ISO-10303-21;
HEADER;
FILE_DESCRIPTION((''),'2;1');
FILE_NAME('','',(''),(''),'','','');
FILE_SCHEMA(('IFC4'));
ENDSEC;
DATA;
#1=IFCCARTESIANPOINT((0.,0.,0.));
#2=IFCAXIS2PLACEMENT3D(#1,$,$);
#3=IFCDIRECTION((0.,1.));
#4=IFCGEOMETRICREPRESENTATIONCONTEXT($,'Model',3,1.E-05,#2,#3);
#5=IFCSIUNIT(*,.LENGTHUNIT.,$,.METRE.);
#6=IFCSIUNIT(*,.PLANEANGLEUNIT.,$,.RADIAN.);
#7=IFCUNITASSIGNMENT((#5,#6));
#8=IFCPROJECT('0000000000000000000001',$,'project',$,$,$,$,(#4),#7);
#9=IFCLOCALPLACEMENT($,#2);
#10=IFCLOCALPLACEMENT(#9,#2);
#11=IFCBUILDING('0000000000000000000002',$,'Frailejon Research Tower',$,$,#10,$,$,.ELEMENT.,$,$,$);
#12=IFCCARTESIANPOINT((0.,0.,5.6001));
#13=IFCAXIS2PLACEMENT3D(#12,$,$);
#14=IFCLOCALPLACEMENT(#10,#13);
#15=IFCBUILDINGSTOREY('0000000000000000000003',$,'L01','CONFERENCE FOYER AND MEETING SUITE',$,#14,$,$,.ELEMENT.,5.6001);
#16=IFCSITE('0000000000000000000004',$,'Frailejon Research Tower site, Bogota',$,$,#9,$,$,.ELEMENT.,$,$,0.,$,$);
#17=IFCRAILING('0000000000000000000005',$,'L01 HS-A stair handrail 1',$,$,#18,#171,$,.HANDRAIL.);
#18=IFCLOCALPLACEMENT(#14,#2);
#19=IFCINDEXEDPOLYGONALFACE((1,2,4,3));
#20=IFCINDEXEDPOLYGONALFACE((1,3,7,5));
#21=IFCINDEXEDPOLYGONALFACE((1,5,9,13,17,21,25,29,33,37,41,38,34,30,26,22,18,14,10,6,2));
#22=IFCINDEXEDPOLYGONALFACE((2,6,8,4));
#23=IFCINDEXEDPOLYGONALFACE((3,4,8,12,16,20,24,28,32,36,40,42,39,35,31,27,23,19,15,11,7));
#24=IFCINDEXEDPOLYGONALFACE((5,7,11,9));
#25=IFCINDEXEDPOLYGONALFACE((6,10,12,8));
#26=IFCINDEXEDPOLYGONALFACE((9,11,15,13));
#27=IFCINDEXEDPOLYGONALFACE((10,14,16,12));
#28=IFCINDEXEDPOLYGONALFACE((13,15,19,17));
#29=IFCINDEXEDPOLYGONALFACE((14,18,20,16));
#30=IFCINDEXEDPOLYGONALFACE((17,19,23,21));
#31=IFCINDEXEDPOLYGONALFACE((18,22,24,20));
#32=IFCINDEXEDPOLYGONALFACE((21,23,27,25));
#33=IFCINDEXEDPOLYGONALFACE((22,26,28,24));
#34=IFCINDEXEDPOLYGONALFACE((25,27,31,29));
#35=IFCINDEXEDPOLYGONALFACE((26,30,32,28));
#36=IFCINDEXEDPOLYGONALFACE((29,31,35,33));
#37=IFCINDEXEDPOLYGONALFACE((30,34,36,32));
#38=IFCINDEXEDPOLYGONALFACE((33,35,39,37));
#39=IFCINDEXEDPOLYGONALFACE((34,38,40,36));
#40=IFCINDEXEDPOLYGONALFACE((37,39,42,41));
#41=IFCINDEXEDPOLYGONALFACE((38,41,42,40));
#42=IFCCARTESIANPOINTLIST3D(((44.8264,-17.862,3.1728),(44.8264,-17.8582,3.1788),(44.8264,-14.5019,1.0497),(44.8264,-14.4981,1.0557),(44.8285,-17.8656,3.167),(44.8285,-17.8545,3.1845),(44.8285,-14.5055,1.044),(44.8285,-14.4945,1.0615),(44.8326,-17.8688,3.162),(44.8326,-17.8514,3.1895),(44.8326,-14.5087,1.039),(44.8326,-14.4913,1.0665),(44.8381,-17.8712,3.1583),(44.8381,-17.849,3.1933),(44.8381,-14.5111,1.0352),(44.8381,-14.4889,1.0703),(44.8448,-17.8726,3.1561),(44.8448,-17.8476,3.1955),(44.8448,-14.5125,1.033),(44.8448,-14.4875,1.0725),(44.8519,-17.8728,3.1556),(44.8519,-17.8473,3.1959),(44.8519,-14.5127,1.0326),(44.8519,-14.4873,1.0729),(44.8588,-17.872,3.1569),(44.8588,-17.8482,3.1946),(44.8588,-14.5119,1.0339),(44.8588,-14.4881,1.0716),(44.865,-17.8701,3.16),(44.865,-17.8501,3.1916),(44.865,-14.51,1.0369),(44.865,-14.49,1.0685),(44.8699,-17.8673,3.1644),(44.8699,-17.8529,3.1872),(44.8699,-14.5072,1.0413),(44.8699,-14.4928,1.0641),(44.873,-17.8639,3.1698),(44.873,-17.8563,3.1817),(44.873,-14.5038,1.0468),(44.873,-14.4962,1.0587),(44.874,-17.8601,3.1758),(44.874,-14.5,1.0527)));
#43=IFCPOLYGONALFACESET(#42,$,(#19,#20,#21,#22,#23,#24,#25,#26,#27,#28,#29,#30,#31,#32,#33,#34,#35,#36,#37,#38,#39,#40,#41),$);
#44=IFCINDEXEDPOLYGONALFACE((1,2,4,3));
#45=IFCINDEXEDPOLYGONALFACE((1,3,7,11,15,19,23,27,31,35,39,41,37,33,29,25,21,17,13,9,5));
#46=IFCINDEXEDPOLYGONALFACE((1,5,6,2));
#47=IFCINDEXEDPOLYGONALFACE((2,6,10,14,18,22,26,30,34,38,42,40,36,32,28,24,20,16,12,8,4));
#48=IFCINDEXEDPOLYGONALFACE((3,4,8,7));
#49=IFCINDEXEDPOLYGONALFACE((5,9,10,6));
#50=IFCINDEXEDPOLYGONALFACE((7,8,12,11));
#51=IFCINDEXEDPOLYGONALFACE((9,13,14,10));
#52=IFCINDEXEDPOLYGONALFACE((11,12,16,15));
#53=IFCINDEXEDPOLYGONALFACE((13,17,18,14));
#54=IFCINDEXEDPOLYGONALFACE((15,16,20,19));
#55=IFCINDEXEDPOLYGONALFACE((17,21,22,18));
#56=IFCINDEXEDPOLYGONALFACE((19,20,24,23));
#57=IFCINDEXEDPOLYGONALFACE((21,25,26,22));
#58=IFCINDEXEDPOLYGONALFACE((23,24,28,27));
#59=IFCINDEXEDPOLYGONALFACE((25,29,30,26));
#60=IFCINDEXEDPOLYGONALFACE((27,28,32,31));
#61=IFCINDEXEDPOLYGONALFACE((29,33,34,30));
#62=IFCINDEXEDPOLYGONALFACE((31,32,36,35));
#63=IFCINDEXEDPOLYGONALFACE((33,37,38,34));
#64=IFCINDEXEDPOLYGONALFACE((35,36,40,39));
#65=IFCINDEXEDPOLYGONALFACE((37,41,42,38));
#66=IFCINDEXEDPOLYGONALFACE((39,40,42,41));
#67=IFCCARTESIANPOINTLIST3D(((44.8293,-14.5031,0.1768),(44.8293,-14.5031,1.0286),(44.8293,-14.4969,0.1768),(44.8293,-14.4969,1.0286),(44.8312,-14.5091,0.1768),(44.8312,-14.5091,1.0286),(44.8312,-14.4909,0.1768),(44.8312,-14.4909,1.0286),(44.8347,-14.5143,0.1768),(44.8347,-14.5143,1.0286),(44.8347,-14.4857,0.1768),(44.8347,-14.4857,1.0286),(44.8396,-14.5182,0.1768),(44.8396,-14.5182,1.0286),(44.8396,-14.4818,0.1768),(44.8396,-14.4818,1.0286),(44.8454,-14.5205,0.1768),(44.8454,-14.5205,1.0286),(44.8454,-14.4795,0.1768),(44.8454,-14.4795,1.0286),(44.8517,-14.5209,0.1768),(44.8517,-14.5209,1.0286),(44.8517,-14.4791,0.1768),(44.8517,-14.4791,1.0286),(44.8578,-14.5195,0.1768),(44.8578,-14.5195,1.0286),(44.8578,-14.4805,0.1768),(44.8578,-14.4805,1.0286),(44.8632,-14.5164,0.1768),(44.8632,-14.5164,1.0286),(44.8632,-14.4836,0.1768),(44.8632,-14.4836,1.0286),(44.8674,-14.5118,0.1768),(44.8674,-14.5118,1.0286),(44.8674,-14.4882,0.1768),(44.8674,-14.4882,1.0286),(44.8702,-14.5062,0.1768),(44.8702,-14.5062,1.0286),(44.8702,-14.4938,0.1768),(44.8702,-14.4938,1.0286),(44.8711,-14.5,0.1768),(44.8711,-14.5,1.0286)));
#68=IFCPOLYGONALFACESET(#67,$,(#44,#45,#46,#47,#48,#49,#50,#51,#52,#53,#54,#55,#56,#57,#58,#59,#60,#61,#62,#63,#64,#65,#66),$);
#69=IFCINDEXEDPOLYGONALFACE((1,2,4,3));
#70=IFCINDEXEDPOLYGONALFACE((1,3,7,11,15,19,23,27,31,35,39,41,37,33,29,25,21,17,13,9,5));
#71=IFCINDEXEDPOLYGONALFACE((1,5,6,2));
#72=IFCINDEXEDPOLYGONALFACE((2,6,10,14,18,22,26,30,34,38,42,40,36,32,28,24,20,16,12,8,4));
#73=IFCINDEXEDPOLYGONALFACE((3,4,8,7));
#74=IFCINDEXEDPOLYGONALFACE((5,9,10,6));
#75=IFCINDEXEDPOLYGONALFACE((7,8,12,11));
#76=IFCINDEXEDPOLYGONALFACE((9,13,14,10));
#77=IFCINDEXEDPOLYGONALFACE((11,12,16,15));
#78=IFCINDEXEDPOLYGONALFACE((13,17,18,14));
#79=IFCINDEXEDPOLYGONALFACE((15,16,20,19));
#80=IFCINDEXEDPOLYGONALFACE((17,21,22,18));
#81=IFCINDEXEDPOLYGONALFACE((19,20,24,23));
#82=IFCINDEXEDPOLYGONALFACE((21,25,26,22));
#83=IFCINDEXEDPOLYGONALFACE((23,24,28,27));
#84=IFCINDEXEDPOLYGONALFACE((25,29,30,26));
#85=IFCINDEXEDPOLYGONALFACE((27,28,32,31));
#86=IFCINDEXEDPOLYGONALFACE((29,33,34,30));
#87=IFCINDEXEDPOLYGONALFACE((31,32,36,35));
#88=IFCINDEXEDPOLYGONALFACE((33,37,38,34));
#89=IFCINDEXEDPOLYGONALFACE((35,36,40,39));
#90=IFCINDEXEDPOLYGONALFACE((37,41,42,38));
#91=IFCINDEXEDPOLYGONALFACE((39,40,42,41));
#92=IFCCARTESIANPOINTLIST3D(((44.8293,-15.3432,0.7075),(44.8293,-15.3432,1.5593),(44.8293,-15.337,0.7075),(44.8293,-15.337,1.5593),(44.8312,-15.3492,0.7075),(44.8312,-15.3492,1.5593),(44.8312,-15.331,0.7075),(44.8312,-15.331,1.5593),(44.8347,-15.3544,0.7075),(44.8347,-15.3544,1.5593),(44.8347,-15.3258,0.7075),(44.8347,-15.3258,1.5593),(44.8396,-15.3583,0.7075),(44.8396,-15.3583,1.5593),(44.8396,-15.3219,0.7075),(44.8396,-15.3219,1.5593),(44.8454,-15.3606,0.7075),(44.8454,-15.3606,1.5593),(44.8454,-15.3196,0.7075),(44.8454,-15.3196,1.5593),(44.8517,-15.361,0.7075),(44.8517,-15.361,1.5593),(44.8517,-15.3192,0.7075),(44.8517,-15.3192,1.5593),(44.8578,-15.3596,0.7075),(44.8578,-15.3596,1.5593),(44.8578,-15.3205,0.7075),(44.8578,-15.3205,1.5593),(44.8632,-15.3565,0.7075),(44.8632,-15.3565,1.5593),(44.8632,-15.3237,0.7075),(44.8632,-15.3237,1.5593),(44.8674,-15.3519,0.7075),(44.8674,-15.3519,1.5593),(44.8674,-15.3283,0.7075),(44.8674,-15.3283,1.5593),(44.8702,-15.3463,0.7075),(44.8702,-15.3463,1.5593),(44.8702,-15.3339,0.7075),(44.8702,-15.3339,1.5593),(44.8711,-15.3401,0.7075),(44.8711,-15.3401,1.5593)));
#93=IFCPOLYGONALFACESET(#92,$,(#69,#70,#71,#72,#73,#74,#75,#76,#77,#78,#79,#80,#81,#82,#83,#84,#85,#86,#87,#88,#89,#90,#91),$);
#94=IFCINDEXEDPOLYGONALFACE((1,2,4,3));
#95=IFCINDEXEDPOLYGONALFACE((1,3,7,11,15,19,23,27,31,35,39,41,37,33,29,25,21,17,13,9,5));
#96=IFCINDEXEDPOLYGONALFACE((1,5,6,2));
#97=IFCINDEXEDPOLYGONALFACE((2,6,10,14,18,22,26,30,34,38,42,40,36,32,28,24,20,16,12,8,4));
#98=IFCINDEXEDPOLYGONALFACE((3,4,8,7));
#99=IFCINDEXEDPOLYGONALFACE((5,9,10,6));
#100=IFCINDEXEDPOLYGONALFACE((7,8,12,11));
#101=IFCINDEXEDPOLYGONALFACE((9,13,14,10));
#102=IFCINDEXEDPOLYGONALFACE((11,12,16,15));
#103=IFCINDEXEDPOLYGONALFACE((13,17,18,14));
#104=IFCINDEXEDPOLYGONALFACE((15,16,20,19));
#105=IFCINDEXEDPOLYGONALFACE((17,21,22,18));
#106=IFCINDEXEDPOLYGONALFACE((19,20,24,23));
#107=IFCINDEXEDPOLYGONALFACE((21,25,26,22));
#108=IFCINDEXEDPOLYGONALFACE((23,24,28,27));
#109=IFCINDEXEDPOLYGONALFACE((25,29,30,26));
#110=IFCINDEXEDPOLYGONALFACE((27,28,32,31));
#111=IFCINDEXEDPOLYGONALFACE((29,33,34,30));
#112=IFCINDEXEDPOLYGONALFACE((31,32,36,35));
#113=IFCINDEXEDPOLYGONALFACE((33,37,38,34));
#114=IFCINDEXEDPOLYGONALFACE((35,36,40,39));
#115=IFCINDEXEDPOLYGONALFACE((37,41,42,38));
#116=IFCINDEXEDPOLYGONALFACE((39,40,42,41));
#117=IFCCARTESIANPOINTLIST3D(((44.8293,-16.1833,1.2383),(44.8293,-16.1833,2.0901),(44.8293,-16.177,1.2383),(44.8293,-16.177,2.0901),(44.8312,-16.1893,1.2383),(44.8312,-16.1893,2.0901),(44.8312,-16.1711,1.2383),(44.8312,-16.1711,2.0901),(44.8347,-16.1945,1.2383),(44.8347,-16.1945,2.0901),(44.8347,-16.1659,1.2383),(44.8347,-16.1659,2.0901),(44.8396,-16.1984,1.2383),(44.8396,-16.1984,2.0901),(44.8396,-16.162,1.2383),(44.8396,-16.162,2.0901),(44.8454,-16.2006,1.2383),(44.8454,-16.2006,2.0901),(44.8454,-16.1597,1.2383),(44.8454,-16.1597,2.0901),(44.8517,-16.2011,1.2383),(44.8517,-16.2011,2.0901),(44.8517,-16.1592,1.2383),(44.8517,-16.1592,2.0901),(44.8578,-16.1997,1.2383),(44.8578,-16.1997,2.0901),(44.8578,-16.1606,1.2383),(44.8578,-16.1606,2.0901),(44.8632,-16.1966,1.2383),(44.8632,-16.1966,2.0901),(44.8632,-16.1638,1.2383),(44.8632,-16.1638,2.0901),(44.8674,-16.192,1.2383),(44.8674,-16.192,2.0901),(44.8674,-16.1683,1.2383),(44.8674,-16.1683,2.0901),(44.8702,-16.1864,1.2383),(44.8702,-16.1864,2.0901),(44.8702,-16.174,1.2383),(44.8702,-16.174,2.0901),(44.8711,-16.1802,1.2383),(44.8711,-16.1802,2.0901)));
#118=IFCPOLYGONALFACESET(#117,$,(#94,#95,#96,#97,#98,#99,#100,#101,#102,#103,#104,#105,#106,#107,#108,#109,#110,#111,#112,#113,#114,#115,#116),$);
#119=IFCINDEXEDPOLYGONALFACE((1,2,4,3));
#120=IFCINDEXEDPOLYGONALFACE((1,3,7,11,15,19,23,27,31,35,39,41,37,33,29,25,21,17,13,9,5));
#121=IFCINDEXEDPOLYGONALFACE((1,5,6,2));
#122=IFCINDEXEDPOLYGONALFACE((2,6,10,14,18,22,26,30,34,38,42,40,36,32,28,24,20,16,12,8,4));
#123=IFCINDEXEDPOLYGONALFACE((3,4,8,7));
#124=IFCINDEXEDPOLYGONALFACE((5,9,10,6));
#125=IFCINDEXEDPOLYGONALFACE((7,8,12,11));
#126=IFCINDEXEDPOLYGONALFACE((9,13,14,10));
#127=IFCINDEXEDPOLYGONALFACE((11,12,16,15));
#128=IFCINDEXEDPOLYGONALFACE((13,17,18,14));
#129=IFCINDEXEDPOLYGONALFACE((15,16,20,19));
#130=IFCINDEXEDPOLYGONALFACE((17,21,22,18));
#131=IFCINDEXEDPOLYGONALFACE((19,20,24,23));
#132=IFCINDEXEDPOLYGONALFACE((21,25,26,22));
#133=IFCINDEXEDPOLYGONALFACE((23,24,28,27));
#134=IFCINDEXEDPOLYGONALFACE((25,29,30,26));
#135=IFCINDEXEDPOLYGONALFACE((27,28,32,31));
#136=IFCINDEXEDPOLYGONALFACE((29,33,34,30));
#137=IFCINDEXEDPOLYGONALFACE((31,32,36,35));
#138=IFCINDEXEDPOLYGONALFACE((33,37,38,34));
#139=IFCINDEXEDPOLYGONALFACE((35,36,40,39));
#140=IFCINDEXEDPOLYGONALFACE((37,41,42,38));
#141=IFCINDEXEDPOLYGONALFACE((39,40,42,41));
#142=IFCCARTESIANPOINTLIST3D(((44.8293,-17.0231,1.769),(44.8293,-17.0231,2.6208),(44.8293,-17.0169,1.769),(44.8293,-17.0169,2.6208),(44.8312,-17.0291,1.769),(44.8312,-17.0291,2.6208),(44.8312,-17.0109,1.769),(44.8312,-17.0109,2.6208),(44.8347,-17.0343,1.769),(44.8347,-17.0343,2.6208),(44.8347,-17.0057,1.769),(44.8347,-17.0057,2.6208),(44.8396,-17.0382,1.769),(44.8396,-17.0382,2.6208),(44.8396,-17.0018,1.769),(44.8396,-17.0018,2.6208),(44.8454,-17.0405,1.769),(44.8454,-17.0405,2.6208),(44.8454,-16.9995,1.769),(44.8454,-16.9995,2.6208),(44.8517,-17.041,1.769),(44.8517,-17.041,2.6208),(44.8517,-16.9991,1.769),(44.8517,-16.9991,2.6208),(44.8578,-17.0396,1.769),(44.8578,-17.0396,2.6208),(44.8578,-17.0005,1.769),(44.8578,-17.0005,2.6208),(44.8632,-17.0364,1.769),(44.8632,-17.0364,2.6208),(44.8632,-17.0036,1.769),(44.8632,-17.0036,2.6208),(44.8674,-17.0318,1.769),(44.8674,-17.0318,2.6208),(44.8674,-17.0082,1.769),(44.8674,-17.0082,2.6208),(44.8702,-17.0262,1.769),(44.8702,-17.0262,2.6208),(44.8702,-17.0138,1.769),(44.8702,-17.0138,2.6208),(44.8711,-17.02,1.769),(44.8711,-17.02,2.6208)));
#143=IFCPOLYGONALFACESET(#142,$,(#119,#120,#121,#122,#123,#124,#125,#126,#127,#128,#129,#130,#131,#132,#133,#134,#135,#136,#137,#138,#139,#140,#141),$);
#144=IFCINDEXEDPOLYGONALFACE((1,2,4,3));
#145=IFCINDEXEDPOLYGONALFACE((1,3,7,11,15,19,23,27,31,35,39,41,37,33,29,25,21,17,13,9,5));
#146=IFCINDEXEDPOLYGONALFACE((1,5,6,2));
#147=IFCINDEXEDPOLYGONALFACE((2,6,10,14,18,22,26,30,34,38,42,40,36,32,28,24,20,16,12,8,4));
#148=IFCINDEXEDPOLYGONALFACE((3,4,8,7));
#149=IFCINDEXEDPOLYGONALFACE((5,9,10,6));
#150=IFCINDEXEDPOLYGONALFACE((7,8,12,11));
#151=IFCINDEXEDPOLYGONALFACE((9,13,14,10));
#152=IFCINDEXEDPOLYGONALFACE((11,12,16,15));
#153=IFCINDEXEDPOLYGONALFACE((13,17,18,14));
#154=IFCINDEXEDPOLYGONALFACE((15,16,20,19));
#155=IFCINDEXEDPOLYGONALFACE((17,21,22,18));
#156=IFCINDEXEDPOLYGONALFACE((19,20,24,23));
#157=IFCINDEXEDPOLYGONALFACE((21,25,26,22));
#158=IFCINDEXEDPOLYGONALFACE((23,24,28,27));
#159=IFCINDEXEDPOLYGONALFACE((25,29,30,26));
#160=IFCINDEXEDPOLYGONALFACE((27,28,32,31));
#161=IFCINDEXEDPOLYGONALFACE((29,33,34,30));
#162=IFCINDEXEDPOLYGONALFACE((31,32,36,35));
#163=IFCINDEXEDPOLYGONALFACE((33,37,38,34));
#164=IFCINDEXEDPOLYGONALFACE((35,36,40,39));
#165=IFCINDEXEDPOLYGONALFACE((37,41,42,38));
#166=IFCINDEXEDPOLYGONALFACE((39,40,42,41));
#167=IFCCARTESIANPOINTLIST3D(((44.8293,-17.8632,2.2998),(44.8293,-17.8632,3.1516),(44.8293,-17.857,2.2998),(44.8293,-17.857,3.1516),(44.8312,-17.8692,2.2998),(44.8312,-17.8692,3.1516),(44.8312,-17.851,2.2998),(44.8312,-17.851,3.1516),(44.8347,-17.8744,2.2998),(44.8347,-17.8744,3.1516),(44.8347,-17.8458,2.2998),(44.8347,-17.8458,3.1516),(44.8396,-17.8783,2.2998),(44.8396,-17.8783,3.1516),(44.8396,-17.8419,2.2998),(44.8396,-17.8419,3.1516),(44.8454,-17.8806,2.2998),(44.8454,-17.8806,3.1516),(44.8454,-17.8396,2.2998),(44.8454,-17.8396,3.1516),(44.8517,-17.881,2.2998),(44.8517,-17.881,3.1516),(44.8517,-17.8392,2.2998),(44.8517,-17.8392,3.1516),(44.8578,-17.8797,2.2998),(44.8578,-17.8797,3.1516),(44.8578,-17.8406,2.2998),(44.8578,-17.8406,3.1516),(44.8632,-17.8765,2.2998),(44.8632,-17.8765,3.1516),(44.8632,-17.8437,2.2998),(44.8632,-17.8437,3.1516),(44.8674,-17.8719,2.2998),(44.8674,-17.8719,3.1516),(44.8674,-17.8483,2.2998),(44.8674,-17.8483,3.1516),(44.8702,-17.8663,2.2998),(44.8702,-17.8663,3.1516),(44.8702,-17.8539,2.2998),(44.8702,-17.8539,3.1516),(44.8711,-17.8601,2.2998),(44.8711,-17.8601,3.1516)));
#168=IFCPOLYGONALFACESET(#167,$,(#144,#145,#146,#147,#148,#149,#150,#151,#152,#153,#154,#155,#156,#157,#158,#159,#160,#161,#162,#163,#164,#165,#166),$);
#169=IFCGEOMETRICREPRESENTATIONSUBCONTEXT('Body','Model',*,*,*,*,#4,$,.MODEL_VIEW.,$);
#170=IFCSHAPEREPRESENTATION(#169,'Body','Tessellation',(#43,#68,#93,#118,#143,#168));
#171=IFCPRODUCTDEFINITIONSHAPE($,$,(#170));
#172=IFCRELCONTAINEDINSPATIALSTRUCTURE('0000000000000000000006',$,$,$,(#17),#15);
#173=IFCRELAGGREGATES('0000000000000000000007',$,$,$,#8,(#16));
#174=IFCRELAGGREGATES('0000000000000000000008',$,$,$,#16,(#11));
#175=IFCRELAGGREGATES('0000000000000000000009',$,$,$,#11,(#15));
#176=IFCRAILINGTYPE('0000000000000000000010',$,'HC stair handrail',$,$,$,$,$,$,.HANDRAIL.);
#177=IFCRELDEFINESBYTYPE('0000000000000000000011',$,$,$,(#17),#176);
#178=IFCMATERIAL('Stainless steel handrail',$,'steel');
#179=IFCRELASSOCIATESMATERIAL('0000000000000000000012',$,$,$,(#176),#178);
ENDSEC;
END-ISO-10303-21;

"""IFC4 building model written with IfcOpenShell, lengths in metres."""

from ifc_helpers import new_model, si_unit, direction, frame, origin, origin_2d, place, context, subcontext, project, spatial, circle, extrude, material, type_object, element, save


model = new_model("IFC4")

# Units and contexts
model_context = context("Model", 3, precision=1e-05, world=origin(), true_north=direction((0.0, 1.0)))
body_context = subcontext(model_context, "Body", "Model", "MODEL_VIEW")
ifc_project = project(units=[si_unit("LENGTHUNIT", "METRE"), si_unit("PLANEANGLEUNIT", "RADIAN")], contexts=[model_context])

# Site, building, storey
site_placement = place(None, origin())
site = spatial("IfcSite", under=ifc_project, at=site_placement, Name="Frailejon Research Tower site, Bogota", CompositionType="ELEMENT", RefElevation=0.0)
building_placement = place(site_placement, origin())
building = spatial("IfcBuilding", under=site, at=building_placement, Name="Frailejon Research Tower", CompositionType="ELEMENT")
storey_placement = place(building_placement, frame((0.0, 0.0, 5.6001)))
storey = spatial("IfcBuildingStorey", under=building, at=storey_placement, Name="L01", Description="CONFERENCE FOYER AND MEETING SUITE", CompositionType="ELEMENT", Elevation=5.6001)

# Railing
ifc_material_1 = material(Name="Stainless steel handrail", Category="steel")
railing_type_1 = type_object("IfcRailingType", Name="HC stair handrail", PredefinedType="HANDRAIL", material=ifc_material_1)
railing_1_placement = place(storey_placement, frame((44.8501, -14.5, 0.1768)))
element("IfcRailing", 1, at=railing_1_placement, inside=storey, type_object=railing_type_1, Name="L01 HS-A stair handrail 1", PredefinedType="HANDRAIL", context=body_context, shape_type="SweptSolid", body=[
    extrude(circle(Radius=0.0239, at=origin_2d()), frame((0.0, 0.0, 0.876), z_axis=(0.0, -0.84539, 0.53415), x_axis=(1.0, 0.0, 0.0)), (0.0, 0.0, 1.0), 3.9746),
    extrude(circle(Radius=0.021, at=origin_2d()), origin(), (0.0, 0.0, 1.0), 0.8518),
    extrude(circle(Radius=0.021, at=origin_2d()), frame((0.0, -0.8401, 0.5308)), (0.0, 0.0, 1.0), 0.8518),
    extrude(circle(Radius=0.021, at=origin_2d()), frame((0.0, -1.6802, 1.0615)), (0.0, 0.0, 1.0), 0.8518),
    extrude(circle(Radius=0.021, at=origin_2d()), frame((0.0, -2.52, 1.5923)), (0.0, 0.0, 1.0), 0.8518),
    extrude(circle(Radius=0.021, at=origin_2d()), frame((0.0, -3.3601, 2.123)), (0.0, 0.0, 1.0), 0.8518),
])

save(model, "model.ifc")
